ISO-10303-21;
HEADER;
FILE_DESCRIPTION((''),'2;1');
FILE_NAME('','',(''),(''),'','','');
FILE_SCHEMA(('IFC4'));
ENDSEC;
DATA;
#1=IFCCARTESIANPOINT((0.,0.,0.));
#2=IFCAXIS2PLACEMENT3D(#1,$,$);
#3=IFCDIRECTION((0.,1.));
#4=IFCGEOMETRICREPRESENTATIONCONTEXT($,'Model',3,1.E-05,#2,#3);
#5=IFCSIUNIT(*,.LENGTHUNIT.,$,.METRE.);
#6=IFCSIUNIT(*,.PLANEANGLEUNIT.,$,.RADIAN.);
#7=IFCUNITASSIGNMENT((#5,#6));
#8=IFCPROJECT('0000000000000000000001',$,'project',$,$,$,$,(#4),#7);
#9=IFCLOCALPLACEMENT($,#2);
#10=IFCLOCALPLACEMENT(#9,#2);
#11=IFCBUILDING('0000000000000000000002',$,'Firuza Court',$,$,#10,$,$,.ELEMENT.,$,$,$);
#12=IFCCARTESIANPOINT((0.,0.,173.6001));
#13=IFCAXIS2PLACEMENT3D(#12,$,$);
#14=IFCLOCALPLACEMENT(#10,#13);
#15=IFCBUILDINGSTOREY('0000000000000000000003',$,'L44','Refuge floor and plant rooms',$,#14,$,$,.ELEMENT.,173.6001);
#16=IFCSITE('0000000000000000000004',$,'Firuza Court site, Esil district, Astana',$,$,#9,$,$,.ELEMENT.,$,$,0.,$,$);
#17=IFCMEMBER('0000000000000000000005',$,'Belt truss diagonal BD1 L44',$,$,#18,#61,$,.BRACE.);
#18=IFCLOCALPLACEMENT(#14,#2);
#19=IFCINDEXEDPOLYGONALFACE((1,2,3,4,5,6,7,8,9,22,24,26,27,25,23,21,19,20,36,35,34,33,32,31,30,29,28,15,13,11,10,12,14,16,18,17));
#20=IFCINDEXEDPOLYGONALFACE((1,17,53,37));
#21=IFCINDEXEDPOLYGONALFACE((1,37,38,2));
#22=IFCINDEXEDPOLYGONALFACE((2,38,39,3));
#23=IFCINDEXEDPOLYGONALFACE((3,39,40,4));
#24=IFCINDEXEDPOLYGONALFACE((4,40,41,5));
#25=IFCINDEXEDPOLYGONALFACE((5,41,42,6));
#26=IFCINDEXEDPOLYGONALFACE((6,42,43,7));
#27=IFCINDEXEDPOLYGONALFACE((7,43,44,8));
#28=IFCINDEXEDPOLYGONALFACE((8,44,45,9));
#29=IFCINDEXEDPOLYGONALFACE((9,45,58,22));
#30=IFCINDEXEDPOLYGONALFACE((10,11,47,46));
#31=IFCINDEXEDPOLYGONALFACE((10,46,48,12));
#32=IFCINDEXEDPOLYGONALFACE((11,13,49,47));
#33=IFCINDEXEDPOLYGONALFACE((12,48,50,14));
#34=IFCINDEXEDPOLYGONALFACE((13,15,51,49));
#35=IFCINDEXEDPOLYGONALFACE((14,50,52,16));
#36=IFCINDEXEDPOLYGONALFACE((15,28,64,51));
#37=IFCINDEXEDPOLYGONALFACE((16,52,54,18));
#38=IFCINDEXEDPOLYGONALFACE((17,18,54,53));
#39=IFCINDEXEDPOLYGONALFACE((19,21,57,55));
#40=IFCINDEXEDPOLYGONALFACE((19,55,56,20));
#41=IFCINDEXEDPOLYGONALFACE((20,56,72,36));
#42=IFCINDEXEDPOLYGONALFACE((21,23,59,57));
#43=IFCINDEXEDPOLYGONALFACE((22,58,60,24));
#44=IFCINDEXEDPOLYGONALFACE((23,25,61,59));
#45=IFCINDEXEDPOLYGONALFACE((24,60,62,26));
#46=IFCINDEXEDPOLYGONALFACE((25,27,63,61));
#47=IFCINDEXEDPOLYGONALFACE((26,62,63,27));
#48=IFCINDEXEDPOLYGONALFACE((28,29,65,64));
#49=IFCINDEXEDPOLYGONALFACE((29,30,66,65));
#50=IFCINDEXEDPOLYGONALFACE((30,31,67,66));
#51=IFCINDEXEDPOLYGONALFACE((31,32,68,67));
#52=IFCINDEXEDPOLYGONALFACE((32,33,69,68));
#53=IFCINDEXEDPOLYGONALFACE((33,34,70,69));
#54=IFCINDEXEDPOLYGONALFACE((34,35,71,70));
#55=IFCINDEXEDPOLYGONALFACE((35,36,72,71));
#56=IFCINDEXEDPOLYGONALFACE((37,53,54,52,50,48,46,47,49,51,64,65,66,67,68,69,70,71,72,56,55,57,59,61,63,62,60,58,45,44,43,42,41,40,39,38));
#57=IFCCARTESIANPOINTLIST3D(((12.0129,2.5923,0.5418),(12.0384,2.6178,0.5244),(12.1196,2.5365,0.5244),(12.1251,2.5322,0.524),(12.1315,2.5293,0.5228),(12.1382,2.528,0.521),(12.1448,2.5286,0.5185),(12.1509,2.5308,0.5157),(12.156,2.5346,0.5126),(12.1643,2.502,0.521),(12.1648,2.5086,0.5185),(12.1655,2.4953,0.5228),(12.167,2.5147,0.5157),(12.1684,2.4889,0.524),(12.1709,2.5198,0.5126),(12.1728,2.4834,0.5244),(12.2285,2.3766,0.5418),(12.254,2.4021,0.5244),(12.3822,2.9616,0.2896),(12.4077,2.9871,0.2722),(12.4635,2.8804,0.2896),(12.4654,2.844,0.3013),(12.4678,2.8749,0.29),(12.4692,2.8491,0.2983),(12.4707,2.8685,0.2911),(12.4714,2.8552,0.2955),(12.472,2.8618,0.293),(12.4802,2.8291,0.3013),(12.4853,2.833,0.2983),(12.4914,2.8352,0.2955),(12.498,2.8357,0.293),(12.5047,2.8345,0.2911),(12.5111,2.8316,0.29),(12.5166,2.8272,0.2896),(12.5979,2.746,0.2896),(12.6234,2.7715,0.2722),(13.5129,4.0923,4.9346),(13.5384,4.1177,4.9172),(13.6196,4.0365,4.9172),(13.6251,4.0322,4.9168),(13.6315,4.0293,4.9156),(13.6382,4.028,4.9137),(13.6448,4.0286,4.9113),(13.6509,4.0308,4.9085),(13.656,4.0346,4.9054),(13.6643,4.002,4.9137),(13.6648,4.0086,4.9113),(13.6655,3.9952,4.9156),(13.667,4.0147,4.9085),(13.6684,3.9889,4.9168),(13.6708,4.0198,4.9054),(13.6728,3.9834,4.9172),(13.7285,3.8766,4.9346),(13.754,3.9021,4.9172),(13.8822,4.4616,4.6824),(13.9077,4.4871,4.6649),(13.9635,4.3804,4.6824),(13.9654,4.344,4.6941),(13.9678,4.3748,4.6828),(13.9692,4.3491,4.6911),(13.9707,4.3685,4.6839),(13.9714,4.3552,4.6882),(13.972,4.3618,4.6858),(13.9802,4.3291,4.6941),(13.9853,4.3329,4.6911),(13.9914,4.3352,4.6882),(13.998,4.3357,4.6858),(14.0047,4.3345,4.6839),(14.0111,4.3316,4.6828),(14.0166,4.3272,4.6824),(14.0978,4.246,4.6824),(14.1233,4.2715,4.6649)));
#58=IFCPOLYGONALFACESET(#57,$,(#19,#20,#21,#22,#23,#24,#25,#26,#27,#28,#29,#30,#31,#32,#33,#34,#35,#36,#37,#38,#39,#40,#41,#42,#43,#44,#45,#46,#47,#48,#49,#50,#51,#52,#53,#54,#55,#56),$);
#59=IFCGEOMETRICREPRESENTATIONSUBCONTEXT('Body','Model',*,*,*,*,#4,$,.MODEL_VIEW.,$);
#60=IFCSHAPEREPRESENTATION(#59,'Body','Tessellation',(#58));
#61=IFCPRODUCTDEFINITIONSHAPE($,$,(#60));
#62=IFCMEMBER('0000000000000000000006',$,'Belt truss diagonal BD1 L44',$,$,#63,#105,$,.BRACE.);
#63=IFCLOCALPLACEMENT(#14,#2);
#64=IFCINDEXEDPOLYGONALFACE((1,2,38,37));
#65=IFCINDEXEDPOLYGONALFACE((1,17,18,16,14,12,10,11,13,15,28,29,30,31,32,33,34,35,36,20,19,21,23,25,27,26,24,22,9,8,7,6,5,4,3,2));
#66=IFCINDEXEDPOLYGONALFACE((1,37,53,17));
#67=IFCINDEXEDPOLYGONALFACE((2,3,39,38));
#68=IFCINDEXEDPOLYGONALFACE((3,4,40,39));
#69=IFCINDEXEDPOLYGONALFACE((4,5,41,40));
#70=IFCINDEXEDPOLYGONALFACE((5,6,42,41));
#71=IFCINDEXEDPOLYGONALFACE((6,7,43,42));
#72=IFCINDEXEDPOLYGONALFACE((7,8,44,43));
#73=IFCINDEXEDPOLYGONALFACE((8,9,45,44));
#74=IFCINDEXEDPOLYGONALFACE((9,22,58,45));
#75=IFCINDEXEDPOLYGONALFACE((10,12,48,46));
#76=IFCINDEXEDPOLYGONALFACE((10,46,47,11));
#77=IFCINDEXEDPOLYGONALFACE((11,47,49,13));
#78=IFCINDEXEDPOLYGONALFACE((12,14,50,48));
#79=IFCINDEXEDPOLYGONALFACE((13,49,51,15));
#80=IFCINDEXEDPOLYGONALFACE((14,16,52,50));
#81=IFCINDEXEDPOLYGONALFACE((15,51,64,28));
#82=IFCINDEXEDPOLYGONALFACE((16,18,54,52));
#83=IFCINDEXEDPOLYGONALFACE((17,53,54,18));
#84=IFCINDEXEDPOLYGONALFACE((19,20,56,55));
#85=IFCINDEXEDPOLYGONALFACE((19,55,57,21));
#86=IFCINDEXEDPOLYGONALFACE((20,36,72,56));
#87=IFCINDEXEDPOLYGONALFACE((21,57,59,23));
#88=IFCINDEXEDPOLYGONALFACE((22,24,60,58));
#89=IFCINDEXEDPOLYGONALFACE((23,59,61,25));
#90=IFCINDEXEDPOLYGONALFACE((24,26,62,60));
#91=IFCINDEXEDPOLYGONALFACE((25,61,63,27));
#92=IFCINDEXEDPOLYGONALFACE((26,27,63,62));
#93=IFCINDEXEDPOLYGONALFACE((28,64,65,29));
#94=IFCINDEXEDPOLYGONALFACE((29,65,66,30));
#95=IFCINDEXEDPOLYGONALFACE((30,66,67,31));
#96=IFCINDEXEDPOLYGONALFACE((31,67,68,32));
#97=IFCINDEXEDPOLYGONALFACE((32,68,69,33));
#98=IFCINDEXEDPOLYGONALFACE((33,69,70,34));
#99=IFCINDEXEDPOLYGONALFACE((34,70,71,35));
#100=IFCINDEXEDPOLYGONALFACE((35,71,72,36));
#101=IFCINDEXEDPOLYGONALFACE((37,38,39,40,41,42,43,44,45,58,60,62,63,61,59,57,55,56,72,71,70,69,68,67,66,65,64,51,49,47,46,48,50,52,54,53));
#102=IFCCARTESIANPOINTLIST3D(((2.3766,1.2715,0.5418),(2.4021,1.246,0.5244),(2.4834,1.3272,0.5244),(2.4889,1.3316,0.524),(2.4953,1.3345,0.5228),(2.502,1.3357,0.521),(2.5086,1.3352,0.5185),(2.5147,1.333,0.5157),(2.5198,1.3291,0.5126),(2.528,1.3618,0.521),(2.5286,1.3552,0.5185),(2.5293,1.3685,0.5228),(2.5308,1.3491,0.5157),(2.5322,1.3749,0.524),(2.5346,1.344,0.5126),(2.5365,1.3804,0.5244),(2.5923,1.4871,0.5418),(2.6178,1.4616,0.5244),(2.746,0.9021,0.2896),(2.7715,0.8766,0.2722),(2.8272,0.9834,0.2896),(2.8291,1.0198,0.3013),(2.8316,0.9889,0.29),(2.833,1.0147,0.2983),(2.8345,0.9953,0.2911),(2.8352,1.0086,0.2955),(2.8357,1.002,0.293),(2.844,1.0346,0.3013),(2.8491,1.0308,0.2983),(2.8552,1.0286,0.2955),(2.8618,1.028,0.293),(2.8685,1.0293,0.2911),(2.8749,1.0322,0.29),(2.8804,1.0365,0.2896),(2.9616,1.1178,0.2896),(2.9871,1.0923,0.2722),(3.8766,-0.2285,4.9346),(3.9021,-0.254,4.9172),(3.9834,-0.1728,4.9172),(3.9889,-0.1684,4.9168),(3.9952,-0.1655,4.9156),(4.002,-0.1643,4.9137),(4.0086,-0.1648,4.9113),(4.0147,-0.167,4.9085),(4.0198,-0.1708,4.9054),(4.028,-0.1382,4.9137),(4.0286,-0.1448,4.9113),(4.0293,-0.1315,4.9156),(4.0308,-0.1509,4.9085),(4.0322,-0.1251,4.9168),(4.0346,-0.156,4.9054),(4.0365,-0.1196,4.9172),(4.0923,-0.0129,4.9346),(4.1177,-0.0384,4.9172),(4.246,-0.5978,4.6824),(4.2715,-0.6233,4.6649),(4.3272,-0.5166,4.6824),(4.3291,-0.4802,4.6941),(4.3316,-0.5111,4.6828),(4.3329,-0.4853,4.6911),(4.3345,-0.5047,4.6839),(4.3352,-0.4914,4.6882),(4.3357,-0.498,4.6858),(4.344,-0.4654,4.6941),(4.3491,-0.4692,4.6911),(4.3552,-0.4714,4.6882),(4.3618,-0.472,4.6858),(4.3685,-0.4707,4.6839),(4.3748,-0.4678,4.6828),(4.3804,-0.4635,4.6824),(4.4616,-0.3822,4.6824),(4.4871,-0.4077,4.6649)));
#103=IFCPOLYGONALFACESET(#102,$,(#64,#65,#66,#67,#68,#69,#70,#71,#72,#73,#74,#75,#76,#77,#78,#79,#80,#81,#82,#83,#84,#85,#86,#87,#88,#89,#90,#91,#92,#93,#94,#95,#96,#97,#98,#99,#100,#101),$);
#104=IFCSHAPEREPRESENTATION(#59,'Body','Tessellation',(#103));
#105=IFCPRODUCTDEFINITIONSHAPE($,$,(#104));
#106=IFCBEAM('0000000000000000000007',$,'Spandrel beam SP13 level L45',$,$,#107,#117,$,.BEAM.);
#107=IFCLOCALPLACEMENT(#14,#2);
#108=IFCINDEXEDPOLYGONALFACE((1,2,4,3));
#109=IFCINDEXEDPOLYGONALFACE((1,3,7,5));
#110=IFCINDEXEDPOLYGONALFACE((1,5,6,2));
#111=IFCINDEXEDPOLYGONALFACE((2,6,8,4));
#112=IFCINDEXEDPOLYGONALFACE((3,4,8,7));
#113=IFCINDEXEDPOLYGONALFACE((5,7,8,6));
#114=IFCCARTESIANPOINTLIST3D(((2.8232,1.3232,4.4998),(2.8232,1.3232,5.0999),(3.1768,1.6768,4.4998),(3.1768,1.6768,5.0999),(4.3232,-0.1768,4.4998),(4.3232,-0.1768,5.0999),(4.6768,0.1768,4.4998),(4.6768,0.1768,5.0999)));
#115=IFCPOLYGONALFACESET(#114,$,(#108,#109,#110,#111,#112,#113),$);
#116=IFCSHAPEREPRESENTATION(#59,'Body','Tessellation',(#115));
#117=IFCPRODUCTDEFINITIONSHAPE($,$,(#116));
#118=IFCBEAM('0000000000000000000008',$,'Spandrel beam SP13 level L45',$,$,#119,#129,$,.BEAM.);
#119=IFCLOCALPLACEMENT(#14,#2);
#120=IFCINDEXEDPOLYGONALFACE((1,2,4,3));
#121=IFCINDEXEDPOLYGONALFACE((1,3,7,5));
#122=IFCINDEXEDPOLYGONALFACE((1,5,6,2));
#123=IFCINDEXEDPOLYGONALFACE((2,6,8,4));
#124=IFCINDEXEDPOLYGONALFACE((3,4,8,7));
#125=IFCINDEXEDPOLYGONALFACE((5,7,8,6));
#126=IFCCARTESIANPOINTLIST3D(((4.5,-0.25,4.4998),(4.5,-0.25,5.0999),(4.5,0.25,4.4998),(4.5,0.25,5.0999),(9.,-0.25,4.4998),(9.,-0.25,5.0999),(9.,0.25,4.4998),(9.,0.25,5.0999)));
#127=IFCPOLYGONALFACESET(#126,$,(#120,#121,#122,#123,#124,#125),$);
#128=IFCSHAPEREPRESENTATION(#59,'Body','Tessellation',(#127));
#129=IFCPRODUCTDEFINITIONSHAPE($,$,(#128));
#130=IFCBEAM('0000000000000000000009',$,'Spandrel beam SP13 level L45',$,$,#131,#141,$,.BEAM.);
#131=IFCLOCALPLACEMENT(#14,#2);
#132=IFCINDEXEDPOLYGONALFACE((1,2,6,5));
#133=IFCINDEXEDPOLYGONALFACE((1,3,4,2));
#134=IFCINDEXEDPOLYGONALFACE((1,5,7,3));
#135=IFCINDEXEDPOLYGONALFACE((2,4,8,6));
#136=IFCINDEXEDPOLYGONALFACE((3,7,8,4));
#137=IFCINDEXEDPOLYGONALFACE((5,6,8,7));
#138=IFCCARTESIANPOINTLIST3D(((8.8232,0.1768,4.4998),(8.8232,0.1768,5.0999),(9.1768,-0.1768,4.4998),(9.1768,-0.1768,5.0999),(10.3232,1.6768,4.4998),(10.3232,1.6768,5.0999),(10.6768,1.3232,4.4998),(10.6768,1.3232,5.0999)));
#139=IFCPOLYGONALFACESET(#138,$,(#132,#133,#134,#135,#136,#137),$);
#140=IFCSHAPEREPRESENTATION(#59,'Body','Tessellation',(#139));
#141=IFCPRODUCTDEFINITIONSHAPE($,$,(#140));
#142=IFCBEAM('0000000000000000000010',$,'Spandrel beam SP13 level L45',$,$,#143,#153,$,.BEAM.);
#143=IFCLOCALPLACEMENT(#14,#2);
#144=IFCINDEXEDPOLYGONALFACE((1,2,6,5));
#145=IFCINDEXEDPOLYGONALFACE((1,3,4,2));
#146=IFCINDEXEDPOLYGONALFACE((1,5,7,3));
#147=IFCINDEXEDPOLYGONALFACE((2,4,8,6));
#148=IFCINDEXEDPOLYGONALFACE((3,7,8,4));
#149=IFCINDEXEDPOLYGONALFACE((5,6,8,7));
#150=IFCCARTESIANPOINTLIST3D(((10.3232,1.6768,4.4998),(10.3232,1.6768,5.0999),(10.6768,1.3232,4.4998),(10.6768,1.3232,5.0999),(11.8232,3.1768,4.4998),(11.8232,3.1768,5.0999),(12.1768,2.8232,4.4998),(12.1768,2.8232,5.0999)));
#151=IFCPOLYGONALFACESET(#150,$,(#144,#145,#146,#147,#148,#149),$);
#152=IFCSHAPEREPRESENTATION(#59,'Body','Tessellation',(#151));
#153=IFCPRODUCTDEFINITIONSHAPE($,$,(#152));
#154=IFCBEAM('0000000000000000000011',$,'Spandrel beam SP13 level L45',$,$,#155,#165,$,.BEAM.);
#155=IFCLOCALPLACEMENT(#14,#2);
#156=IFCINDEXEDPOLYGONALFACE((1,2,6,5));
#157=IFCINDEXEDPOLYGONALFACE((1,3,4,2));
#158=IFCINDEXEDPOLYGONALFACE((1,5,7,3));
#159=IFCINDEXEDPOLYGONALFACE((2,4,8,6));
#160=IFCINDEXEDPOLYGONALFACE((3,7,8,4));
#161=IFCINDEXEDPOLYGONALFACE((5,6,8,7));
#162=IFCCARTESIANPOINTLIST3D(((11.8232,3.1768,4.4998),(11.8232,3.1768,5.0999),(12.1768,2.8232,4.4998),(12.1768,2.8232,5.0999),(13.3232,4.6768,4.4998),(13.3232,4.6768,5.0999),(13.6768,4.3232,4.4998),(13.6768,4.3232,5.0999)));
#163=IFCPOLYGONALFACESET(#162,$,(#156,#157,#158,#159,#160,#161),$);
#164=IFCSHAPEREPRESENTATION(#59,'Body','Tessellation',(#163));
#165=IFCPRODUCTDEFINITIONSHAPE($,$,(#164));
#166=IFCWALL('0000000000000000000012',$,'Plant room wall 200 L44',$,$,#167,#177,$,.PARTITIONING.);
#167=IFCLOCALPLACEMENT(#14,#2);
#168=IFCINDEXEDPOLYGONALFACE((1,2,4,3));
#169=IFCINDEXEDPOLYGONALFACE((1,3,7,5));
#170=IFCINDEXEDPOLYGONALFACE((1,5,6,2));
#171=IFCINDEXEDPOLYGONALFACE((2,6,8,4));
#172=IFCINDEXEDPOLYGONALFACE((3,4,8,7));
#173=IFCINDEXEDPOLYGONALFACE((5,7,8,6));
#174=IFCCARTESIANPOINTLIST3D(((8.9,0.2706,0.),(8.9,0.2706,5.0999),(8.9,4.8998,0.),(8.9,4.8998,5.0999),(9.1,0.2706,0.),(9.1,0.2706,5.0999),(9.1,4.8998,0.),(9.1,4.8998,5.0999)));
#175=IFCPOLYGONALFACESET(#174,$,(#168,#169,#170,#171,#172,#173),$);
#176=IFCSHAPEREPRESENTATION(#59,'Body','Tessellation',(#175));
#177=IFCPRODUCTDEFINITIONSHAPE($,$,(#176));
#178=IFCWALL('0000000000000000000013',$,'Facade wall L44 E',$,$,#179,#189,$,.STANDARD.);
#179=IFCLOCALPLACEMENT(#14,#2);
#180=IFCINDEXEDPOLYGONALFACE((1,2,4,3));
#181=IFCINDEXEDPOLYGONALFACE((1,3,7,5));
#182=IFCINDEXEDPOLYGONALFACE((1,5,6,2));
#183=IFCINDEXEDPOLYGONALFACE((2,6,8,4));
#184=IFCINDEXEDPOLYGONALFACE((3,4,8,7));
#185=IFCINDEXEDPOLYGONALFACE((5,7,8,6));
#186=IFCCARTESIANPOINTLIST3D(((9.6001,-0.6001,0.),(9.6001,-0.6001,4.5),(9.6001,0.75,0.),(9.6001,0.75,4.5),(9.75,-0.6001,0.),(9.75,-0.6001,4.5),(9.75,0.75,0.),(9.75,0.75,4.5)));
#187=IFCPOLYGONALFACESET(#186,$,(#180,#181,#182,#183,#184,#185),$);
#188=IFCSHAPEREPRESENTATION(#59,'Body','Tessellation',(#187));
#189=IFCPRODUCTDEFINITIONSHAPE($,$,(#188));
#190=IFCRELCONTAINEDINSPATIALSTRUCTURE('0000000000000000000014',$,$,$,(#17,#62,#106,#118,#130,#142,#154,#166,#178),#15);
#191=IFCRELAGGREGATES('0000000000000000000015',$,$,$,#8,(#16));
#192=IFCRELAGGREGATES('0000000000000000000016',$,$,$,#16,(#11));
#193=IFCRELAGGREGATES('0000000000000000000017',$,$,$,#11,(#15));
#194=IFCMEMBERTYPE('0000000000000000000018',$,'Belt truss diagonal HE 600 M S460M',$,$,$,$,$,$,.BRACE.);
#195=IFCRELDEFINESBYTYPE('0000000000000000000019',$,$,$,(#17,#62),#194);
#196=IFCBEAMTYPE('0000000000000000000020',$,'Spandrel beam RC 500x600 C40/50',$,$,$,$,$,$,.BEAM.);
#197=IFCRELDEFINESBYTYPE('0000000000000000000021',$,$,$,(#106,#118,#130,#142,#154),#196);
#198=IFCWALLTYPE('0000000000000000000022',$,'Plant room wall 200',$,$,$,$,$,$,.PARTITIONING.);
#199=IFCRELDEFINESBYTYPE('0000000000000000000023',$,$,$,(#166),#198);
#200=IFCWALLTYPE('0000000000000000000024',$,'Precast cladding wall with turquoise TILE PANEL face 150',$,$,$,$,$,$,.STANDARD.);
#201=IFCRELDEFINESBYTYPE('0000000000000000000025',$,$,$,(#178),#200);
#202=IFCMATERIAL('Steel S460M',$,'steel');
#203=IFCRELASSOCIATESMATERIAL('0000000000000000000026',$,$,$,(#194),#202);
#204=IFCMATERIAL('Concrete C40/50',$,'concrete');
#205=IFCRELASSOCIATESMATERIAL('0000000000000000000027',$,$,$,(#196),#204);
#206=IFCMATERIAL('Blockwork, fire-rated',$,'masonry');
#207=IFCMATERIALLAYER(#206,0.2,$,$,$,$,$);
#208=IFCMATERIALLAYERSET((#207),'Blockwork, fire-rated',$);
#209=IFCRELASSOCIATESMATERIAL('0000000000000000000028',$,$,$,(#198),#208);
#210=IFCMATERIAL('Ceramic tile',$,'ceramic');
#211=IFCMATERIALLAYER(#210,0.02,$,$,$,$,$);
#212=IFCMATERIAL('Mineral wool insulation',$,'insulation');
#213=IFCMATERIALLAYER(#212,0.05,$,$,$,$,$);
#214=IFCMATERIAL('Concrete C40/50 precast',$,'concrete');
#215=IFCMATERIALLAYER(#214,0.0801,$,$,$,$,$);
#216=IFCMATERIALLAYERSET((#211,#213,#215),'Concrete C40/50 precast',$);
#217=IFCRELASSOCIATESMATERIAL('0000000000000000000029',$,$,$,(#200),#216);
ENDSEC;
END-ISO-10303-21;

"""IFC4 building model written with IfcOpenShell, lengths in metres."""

from ifc_helpers import new_model, si_unit, direction, frame, frame_2d, origin, origin_2d, place, context, subcontext, project, spatial, rectangle, i_section, extrude, material, layer, layer_set, material_profile, profile_set, type_object, element, save


model = new_model("IFC4")

# Units and contexts
model_context = context("Model", 3, precision=1e-05, world=origin(), true_north=direction((0.0, 1.0)))
body_context = subcontext(model_context, "Body", "Model", "MODEL_VIEW")
ifc_project = project(units=[si_unit("LENGTHUNIT", "METRE"), si_unit("PLANEANGLEUNIT", "RADIAN")], contexts=[model_context])

# Site, building, storey
site_placement = place(None, origin())
site = spatial("IfcSite", under=ifc_project, at=site_placement, Name="Firuza Court site, Esil district, Astana", CompositionType="ELEMENT", RefElevation=0.0)
building_placement = place(site_placement, origin())
building = spatial("IfcBuilding", under=site, at=building_placement, Name="Firuza Court", CompositionType="ELEMENT")
storey_placement = place(building_placement, frame((0.0, 0.0, 173.6001)))
storey = spatial("IfcBuildingStorey", under=building, at=storey_placement, Name="L44", Description="Refuge floor and plant rooms", CompositionType="ELEMENT", Elevation=173.6001)

# Members
ifc_material_1 = material(Name="Steel S460M", Category="steel")
ifc_material_profile_1 = material_profile(ifc_material_1, i_section(OverallWidth=0.3049, OverallDepth=0.6201, WebThickness=0.021, FlangeThickness=0.04, FilletRadius=0.0271, at=origin_2d()), Name="HE 600 M")
ifc_profile_set_1 = profile_set([ifc_material_profile_1], Name="Steel S460M")
member_type_1 = type_object("IfcMemberType", Name="Belt truss diagonal HE 600 M S460M", PredefinedType="BRACE", material=ifc_profile_set_1)
for number, where, z_axis, x_axis, name in (
    (1, (12.3181, 2.6819, 0.407), (0.30749, 0.30749, 0.9005), (-0.707107, 0.707107, 0.0), "Belt truss diagonal BD1 L44"),
    (2, (2.6819, 1.1819, 0.407), (0.30749, -0.30749, 0.9005), (0.707107, 0.707107, 0.0), "Belt truss diagonal BD1 L44"),
):
    element("IfcMember", number, at=place(storey_placement, frame(where, z_axis=z_axis, x_axis=x_axis)), inside=storey, type_object=member_type_1, Name=name, PredefinedType="BRACE", context=body_context, shape_type="SweptSolid", body=[
        extrude(i_section(OverallWidth=0.3049, OverallDepth=0.6201, WebThickness=0.021, FlangeThickness=0.04, FilletRadius=0.0271, at=origin_2d()), origin(), (0.0, 0.0, 1.0), 4.8782),
    ])

# Beams
ifc_material_2 = material(Name="Concrete C40/50", Category="concrete")
ifc_material_profile_2 = material_profile(ifc_material_2, rectangle(XDim=0.5, YDim=0.6001, at=origin_2d()), Name="RC 500x600")
ifc_profile_set_2 = profile_set([ifc_material_profile_2], Name="Concrete C40/50")
beam_type = type_object("IfcBeamType", Name="Spandrel beam RC 500x600 C40/50", PredefinedType="BEAM", material=ifc_profile_set_2)
beam_1_placement = place(storey_placement, frame((3.0, 1.5, 4.7998), z_axis=(0.707107, -0.707107, 0.0), x_axis=(0.707107, 0.707107, 0.0)))
element("IfcBeam", 3, at=beam_1_placement, inside=storey, type_object=beam_type, Name="Spandrel beam SP13 level L45", PredefinedType="BEAM", context=body_context, shape_type="SweptSolid", body=[
    extrude(rectangle(XDim=0.5, YDim=0.6001, at=origin_2d()), origin(), (0.0, 0.0, 1.0), 2.1213),
])
beam_2_placement = place(storey_placement, frame((4.5, 0.0, 4.7998), z_axis=(1.0, 0.0, 0.0), x_axis=(0.0, 1.0, 0.0)))
element("IfcBeam", 4, at=beam_2_placement, inside=storey, type_object=beam_type, Name="Spandrel beam SP13 level L45", PredefinedType="BEAM", context=body_context, shape_type="SweptSolid", body=[
    extrude(rectangle(XDim=0.5, YDim=0.6001, at=origin_2d()), origin(), (0.0, 0.0, 1.0), 4.5),
])
for number, where, z_axis, x_axis, name in (
    (5, (9.0, 0.0, 4.7998), (0.707107, 0.707107, 0.0), (-0.707107, 0.707107, 0.0), "Spandrel beam SP13 level L45"),
    (6, (10.5, 1.5, 4.7998), (0.707107, 0.707107, 0.0), (-0.707107, 0.707107, 0.0), "Spandrel beam SP13 level L45"),
    (7, (12.0, 3.0, 4.7998), (0.707107, 0.707107, 0.0), (-0.707107, 0.707107, 0.0), "Spandrel beam SP13 level L45"),
):
    element("IfcBeam", number, at=place(storey_placement, frame(where, z_axis=z_axis, x_axis=x_axis)), inside=storey, type_object=beam_type, Name=name, PredefinedType="BEAM", context=body_context, shape_type="SweptSolid", body=[
        extrude(rectangle(XDim=0.5, YDim=0.6001, at=origin_2d()), origin(), (0.0, 0.0, 1.0), 2.1213),
    ])

# Walls
ifc_material_3 = material(Name="Blockwork, fire-rated", Category="masonry")
ifc_layer_1 = layer(ifc_material_3, 0.2)
ifc_layer_set_1 = layer_set([ifc_layer_1], Name="Blockwork, fire-rated")
wall_type_1 = type_object("IfcWallType", Name="Plant room wall 200", PredefinedType="PARTITIONING", material=ifc_layer_set_1)
wall_1_placement = place(storey_placement, frame((9.0, 0.2708, 0.0), z_axis=(0.0, 0.0, 1.0), x_axis=(0.0, 1.0, 0.0)))
element("IfcWall", 8, at=wall_1_placement, inside=storey, type_object=wall_type_1, Name="Plant room wall 200 L44", PredefinedType="PARTITIONING", context=body_context, shape_type="SweptSolid", body=[
    extrude(rectangle(XDim=4.6292, YDim=0.2, at=frame_2d((2.3145, 0.0))), origin(), (0.0, 0.0, 1.0), 5.0999),
])
ifc_material_4 = material(Name="Ceramic tile", Category="ceramic")
ifc_layer_2 = layer(ifc_material_4, 0.02)
ifc_material_5 = material(Name="Mineral wool insulation", Category="insulation")
ifc_layer_3 = layer(ifc_material_5, 0.05)
ifc_material_6 = material(Name="Concrete C40/50 precast", Category="concrete")
ifc_layer_4 = layer(ifc_material_6, 0.0801)
ifc_layer_set_2 = layer_set([ifc_layer_2, ifc_layer_3, ifc_layer_4], Name="Concrete C40/50 precast")
wall_type_2 = type_object("IfcWallType", Name="Precast cladding wall with turquoise TILE PANEL face 150", PredefinedType="STANDARD", material=ifc_layer_set_2)
wall_2_placement = place(storey_placement, frame((9.675, -0.6001, 0.0), z_axis=(0.0, 0.0, 1.0), x_axis=(0.0, 1.0, 0.0)))
element("IfcWall", 9, at=wall_2_placement, inside=storey, type_object=wall_type_2, Name="Facade wall L44 E", PredefinedType="STANDARD", context=body_context, shape_type="SweptSolid", body=[
    extrude(rectangle(XDim=1.3501, YDim=0.1499, at=frame_2d((0.675, 0.0))), origin(), (0.0, 0.0, 1.0), 4.5),
])

save(model, "model.ifc")
